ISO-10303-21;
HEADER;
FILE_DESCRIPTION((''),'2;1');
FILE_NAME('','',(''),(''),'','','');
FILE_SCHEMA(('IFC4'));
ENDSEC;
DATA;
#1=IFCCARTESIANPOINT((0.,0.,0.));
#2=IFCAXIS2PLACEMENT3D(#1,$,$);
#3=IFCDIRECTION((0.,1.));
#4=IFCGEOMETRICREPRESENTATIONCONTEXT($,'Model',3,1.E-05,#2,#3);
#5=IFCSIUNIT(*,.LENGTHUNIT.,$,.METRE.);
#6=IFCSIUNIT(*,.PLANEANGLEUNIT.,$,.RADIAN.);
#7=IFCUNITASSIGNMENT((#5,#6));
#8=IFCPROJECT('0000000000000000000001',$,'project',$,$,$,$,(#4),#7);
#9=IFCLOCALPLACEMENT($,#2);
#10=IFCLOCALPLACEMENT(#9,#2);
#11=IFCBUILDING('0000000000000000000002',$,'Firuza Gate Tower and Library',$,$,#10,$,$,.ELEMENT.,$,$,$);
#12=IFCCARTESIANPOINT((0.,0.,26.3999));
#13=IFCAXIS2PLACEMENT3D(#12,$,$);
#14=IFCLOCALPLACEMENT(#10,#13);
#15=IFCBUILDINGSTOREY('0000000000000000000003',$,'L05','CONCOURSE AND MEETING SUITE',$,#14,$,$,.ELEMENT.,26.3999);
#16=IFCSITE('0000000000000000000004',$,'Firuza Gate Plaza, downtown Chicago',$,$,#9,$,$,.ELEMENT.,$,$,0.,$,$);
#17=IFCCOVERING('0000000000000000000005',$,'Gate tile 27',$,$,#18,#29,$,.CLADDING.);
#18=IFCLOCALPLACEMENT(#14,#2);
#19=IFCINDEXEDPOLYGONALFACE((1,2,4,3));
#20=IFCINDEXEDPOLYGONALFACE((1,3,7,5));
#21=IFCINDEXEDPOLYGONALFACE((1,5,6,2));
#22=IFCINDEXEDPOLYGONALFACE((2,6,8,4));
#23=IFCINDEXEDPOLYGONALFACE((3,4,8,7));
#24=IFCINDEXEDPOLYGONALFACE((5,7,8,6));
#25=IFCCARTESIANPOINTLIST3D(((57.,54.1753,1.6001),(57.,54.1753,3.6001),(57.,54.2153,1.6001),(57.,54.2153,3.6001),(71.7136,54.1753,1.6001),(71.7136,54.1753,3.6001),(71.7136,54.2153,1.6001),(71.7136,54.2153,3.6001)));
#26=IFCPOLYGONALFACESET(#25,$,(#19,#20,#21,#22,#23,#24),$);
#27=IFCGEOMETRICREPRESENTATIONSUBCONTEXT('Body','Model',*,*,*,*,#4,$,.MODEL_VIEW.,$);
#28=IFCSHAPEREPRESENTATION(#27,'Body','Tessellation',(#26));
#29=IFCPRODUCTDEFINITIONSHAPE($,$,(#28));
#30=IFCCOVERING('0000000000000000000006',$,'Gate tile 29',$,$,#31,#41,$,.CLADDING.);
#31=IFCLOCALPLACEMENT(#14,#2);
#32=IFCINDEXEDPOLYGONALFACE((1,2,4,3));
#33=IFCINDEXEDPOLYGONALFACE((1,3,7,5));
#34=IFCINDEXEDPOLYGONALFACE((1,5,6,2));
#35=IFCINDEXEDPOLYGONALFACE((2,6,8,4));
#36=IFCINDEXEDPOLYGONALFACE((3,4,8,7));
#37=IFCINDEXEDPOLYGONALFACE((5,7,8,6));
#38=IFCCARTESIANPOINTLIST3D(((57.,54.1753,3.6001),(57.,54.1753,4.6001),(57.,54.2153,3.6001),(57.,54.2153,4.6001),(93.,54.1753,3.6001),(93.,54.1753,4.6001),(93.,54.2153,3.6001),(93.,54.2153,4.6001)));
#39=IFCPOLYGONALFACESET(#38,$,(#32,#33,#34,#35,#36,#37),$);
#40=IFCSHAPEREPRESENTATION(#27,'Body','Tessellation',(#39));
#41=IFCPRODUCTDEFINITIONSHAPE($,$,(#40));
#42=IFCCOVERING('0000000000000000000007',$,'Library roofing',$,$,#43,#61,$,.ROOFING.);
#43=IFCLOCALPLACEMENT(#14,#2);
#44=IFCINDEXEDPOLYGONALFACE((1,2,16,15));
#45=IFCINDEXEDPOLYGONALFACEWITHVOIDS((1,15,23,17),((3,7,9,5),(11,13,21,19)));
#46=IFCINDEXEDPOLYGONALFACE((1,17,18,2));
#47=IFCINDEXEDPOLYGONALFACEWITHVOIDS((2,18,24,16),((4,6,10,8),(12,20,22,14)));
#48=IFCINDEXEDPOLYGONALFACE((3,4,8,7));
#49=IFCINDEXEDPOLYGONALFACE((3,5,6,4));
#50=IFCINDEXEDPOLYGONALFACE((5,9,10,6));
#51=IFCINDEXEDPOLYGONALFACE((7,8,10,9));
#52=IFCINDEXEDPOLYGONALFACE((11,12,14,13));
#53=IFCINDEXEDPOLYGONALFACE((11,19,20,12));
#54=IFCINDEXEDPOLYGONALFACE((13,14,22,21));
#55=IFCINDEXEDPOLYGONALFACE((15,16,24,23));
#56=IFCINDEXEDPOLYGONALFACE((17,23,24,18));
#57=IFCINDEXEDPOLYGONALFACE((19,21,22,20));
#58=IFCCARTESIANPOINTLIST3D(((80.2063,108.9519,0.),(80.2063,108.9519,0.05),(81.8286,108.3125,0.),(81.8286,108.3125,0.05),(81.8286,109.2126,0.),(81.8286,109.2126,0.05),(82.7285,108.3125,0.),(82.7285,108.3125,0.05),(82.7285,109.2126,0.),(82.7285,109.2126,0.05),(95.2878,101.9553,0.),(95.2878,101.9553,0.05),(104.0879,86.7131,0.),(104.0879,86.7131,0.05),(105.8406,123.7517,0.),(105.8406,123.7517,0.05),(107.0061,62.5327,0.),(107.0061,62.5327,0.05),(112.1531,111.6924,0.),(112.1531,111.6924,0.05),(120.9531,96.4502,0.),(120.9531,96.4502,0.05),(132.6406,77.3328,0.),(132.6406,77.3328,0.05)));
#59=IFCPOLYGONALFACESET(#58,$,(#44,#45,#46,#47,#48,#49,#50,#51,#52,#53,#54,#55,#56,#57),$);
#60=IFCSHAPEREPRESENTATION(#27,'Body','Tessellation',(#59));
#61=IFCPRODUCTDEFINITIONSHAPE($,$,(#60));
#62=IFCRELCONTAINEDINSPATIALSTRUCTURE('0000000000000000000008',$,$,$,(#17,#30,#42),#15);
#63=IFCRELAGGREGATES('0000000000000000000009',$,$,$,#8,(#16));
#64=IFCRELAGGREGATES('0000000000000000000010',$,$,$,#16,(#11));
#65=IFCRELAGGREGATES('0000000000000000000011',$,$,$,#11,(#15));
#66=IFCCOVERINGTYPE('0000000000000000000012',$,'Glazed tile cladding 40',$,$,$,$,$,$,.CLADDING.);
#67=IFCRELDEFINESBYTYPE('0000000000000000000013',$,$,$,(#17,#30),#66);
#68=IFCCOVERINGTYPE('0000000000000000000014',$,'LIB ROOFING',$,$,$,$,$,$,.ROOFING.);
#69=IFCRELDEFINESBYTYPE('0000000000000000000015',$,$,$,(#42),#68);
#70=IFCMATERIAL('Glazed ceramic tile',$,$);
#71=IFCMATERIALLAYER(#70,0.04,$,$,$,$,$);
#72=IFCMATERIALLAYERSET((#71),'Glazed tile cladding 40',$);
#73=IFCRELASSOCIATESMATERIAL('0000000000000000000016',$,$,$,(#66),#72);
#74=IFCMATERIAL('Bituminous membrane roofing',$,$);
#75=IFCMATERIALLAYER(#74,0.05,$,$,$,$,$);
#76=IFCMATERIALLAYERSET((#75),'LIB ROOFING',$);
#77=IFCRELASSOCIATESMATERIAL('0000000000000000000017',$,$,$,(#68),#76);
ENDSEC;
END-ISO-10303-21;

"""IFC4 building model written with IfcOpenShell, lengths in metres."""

from ifc_helpers import new_model, si_unit, direction, frame, origin, place, context, subcontext, project, spatial, polyline, outline, extrude, material, layer, layer_set, type_object, element, save


model = new_model("IFC4")

# Units and contexts
model_context = context("Model", 3, precision=1e-05, world=origin(), true_north=direction((0.0, 1.0)))
body_context = subcontext(model_context, "Body", "Model", "MODEL_VIEW")
ifc_project = project(units=[si_unit("LENGTHUNIT", "METRE"), si_unit("PLANEANGLEUNIT", "RADIAN")], contexts=[model_context])

# Site, building, storey
site_placement = place(None, origin())
site = spatial("IfcSite", under=ifc_project, at=site_placement, Name="Firuza Gate Plaza, downtown Chicago", CompositionType="ELEMENT", RefElevation=0.0)
building_placement = place(site_placement, origin())
building = spatial("IfcBuilding", under=site, at=building_placement, Name="Firuza Gate Tower and Library", CompositionType="ELEMENT")
storey_placement = place(building_placement, frame((0.0, 0.0, 26.3999)))
storey = spatial("IfcBuildingStorey", under=building, at=storey_placement, Name="L05", Description="CONCOURSE AND MEETING SUITE", CompositionType="ELEMENT", Elevation=26.3999)

# Shared definitions
placement_1 = place(storey_placement, origin())

# Coverings
ifc_material_1 = material(Name="Glazed ceramic tile")
ifc_layer_1 = layer(ifc_material_1, 0.04)
ifc_layer_set_1 = layer_set([ifc_layer_1], Name="Glazed tile cladding 40")
covering_type_1 = type_object("IfcCoveringType", Name="Glazed tile cladding 40", PredefinedType="CLADDING", material=ifc_layer_set_1)
covering_1_placement = place(storey_placement, frame((57.0, 54.1753, 1.6001), z_axis=(0.0, -1.0, 0.0), x_axis=(1.0, 0.0, 0.0)))
element("IfcCovering", 1, at=covering_1_placement, inside=storey, type_object=covering_type_1, Name="Gate tile 27", PredefinedType="CLADDING", context=body_context, shape_type="SweptSolid", body=[
    extrude(outline(polyline([(0.0, 0.0), (14.7136, 0.0), (14.7136, 2.0), (0.0, 2.0), (0.0, 0.0)])), origin(), (0.0, 0.0, -1.0), 0.04),
])
covering_2_placement = place(storey_placement, frame((57.0, 54.1753, 3.6001), z_axis=(0.0, -1.0, 0.0), x_axis=(1.0, 0.0, 0.0)))
element("IfcCovering", 2, at=covering_2_placement, inside=storey, type_object=covering_type_1, Name="Gate tile 29", PredefinedType="CLADDING", context=body_context, shape_type="SweptSolid", body=[
    extrude(outline(polyline([(0.0, 0.0), (36.0, 0.0), (36.0, 1.0), (0.0, 1.0), (0.0, 0.0)])), origin(), (0.0, 0.0, -1.0), 0.04),
])
ifc_material_2 = material(Name="Bituminous membrane roofing")
ifc_layer_2 = layer(ifc_material_2, 0.05)
ifc_layer_set_2 = layer_set([ifc_layer_2], Name="LIB ROOFING")
covering_type_2 = type_object("IfcCoveringType", Name="LIB ROOFING", PredefinedType="ROOFING", material=ifc_layer_set_2)
element("IfcCovering", 3, at=placement_1, inside=storey, type_object=covering_type_2, Name="Library roofing", PredefinedType="ROOFING", context=body_context, shape_type="SweptSolid", body=[
    extrude(outline(polyline([(80.2063, 108.9519), (105.8406, 123.7517), (132.6406, 77.3328), (107.0061, 62.5327), (80.2063, 108.9519)]), holes=[polyline([(81.8286, 109.2126), (81.8286, 108.3125), (82.7285, 108.3125), (82.7285, 109.2126), (81.8286, 109.2126)]), polyline([(112.1531, 111.6924), (95.2878, 101.9553), (104.0879, 86.7131), (120.9531, 96.4502), (112.1531, 111.6924)])]), origin(), (0.0, 0.0, 1.0), 0.05),
])

save(model, "model.ifc")
